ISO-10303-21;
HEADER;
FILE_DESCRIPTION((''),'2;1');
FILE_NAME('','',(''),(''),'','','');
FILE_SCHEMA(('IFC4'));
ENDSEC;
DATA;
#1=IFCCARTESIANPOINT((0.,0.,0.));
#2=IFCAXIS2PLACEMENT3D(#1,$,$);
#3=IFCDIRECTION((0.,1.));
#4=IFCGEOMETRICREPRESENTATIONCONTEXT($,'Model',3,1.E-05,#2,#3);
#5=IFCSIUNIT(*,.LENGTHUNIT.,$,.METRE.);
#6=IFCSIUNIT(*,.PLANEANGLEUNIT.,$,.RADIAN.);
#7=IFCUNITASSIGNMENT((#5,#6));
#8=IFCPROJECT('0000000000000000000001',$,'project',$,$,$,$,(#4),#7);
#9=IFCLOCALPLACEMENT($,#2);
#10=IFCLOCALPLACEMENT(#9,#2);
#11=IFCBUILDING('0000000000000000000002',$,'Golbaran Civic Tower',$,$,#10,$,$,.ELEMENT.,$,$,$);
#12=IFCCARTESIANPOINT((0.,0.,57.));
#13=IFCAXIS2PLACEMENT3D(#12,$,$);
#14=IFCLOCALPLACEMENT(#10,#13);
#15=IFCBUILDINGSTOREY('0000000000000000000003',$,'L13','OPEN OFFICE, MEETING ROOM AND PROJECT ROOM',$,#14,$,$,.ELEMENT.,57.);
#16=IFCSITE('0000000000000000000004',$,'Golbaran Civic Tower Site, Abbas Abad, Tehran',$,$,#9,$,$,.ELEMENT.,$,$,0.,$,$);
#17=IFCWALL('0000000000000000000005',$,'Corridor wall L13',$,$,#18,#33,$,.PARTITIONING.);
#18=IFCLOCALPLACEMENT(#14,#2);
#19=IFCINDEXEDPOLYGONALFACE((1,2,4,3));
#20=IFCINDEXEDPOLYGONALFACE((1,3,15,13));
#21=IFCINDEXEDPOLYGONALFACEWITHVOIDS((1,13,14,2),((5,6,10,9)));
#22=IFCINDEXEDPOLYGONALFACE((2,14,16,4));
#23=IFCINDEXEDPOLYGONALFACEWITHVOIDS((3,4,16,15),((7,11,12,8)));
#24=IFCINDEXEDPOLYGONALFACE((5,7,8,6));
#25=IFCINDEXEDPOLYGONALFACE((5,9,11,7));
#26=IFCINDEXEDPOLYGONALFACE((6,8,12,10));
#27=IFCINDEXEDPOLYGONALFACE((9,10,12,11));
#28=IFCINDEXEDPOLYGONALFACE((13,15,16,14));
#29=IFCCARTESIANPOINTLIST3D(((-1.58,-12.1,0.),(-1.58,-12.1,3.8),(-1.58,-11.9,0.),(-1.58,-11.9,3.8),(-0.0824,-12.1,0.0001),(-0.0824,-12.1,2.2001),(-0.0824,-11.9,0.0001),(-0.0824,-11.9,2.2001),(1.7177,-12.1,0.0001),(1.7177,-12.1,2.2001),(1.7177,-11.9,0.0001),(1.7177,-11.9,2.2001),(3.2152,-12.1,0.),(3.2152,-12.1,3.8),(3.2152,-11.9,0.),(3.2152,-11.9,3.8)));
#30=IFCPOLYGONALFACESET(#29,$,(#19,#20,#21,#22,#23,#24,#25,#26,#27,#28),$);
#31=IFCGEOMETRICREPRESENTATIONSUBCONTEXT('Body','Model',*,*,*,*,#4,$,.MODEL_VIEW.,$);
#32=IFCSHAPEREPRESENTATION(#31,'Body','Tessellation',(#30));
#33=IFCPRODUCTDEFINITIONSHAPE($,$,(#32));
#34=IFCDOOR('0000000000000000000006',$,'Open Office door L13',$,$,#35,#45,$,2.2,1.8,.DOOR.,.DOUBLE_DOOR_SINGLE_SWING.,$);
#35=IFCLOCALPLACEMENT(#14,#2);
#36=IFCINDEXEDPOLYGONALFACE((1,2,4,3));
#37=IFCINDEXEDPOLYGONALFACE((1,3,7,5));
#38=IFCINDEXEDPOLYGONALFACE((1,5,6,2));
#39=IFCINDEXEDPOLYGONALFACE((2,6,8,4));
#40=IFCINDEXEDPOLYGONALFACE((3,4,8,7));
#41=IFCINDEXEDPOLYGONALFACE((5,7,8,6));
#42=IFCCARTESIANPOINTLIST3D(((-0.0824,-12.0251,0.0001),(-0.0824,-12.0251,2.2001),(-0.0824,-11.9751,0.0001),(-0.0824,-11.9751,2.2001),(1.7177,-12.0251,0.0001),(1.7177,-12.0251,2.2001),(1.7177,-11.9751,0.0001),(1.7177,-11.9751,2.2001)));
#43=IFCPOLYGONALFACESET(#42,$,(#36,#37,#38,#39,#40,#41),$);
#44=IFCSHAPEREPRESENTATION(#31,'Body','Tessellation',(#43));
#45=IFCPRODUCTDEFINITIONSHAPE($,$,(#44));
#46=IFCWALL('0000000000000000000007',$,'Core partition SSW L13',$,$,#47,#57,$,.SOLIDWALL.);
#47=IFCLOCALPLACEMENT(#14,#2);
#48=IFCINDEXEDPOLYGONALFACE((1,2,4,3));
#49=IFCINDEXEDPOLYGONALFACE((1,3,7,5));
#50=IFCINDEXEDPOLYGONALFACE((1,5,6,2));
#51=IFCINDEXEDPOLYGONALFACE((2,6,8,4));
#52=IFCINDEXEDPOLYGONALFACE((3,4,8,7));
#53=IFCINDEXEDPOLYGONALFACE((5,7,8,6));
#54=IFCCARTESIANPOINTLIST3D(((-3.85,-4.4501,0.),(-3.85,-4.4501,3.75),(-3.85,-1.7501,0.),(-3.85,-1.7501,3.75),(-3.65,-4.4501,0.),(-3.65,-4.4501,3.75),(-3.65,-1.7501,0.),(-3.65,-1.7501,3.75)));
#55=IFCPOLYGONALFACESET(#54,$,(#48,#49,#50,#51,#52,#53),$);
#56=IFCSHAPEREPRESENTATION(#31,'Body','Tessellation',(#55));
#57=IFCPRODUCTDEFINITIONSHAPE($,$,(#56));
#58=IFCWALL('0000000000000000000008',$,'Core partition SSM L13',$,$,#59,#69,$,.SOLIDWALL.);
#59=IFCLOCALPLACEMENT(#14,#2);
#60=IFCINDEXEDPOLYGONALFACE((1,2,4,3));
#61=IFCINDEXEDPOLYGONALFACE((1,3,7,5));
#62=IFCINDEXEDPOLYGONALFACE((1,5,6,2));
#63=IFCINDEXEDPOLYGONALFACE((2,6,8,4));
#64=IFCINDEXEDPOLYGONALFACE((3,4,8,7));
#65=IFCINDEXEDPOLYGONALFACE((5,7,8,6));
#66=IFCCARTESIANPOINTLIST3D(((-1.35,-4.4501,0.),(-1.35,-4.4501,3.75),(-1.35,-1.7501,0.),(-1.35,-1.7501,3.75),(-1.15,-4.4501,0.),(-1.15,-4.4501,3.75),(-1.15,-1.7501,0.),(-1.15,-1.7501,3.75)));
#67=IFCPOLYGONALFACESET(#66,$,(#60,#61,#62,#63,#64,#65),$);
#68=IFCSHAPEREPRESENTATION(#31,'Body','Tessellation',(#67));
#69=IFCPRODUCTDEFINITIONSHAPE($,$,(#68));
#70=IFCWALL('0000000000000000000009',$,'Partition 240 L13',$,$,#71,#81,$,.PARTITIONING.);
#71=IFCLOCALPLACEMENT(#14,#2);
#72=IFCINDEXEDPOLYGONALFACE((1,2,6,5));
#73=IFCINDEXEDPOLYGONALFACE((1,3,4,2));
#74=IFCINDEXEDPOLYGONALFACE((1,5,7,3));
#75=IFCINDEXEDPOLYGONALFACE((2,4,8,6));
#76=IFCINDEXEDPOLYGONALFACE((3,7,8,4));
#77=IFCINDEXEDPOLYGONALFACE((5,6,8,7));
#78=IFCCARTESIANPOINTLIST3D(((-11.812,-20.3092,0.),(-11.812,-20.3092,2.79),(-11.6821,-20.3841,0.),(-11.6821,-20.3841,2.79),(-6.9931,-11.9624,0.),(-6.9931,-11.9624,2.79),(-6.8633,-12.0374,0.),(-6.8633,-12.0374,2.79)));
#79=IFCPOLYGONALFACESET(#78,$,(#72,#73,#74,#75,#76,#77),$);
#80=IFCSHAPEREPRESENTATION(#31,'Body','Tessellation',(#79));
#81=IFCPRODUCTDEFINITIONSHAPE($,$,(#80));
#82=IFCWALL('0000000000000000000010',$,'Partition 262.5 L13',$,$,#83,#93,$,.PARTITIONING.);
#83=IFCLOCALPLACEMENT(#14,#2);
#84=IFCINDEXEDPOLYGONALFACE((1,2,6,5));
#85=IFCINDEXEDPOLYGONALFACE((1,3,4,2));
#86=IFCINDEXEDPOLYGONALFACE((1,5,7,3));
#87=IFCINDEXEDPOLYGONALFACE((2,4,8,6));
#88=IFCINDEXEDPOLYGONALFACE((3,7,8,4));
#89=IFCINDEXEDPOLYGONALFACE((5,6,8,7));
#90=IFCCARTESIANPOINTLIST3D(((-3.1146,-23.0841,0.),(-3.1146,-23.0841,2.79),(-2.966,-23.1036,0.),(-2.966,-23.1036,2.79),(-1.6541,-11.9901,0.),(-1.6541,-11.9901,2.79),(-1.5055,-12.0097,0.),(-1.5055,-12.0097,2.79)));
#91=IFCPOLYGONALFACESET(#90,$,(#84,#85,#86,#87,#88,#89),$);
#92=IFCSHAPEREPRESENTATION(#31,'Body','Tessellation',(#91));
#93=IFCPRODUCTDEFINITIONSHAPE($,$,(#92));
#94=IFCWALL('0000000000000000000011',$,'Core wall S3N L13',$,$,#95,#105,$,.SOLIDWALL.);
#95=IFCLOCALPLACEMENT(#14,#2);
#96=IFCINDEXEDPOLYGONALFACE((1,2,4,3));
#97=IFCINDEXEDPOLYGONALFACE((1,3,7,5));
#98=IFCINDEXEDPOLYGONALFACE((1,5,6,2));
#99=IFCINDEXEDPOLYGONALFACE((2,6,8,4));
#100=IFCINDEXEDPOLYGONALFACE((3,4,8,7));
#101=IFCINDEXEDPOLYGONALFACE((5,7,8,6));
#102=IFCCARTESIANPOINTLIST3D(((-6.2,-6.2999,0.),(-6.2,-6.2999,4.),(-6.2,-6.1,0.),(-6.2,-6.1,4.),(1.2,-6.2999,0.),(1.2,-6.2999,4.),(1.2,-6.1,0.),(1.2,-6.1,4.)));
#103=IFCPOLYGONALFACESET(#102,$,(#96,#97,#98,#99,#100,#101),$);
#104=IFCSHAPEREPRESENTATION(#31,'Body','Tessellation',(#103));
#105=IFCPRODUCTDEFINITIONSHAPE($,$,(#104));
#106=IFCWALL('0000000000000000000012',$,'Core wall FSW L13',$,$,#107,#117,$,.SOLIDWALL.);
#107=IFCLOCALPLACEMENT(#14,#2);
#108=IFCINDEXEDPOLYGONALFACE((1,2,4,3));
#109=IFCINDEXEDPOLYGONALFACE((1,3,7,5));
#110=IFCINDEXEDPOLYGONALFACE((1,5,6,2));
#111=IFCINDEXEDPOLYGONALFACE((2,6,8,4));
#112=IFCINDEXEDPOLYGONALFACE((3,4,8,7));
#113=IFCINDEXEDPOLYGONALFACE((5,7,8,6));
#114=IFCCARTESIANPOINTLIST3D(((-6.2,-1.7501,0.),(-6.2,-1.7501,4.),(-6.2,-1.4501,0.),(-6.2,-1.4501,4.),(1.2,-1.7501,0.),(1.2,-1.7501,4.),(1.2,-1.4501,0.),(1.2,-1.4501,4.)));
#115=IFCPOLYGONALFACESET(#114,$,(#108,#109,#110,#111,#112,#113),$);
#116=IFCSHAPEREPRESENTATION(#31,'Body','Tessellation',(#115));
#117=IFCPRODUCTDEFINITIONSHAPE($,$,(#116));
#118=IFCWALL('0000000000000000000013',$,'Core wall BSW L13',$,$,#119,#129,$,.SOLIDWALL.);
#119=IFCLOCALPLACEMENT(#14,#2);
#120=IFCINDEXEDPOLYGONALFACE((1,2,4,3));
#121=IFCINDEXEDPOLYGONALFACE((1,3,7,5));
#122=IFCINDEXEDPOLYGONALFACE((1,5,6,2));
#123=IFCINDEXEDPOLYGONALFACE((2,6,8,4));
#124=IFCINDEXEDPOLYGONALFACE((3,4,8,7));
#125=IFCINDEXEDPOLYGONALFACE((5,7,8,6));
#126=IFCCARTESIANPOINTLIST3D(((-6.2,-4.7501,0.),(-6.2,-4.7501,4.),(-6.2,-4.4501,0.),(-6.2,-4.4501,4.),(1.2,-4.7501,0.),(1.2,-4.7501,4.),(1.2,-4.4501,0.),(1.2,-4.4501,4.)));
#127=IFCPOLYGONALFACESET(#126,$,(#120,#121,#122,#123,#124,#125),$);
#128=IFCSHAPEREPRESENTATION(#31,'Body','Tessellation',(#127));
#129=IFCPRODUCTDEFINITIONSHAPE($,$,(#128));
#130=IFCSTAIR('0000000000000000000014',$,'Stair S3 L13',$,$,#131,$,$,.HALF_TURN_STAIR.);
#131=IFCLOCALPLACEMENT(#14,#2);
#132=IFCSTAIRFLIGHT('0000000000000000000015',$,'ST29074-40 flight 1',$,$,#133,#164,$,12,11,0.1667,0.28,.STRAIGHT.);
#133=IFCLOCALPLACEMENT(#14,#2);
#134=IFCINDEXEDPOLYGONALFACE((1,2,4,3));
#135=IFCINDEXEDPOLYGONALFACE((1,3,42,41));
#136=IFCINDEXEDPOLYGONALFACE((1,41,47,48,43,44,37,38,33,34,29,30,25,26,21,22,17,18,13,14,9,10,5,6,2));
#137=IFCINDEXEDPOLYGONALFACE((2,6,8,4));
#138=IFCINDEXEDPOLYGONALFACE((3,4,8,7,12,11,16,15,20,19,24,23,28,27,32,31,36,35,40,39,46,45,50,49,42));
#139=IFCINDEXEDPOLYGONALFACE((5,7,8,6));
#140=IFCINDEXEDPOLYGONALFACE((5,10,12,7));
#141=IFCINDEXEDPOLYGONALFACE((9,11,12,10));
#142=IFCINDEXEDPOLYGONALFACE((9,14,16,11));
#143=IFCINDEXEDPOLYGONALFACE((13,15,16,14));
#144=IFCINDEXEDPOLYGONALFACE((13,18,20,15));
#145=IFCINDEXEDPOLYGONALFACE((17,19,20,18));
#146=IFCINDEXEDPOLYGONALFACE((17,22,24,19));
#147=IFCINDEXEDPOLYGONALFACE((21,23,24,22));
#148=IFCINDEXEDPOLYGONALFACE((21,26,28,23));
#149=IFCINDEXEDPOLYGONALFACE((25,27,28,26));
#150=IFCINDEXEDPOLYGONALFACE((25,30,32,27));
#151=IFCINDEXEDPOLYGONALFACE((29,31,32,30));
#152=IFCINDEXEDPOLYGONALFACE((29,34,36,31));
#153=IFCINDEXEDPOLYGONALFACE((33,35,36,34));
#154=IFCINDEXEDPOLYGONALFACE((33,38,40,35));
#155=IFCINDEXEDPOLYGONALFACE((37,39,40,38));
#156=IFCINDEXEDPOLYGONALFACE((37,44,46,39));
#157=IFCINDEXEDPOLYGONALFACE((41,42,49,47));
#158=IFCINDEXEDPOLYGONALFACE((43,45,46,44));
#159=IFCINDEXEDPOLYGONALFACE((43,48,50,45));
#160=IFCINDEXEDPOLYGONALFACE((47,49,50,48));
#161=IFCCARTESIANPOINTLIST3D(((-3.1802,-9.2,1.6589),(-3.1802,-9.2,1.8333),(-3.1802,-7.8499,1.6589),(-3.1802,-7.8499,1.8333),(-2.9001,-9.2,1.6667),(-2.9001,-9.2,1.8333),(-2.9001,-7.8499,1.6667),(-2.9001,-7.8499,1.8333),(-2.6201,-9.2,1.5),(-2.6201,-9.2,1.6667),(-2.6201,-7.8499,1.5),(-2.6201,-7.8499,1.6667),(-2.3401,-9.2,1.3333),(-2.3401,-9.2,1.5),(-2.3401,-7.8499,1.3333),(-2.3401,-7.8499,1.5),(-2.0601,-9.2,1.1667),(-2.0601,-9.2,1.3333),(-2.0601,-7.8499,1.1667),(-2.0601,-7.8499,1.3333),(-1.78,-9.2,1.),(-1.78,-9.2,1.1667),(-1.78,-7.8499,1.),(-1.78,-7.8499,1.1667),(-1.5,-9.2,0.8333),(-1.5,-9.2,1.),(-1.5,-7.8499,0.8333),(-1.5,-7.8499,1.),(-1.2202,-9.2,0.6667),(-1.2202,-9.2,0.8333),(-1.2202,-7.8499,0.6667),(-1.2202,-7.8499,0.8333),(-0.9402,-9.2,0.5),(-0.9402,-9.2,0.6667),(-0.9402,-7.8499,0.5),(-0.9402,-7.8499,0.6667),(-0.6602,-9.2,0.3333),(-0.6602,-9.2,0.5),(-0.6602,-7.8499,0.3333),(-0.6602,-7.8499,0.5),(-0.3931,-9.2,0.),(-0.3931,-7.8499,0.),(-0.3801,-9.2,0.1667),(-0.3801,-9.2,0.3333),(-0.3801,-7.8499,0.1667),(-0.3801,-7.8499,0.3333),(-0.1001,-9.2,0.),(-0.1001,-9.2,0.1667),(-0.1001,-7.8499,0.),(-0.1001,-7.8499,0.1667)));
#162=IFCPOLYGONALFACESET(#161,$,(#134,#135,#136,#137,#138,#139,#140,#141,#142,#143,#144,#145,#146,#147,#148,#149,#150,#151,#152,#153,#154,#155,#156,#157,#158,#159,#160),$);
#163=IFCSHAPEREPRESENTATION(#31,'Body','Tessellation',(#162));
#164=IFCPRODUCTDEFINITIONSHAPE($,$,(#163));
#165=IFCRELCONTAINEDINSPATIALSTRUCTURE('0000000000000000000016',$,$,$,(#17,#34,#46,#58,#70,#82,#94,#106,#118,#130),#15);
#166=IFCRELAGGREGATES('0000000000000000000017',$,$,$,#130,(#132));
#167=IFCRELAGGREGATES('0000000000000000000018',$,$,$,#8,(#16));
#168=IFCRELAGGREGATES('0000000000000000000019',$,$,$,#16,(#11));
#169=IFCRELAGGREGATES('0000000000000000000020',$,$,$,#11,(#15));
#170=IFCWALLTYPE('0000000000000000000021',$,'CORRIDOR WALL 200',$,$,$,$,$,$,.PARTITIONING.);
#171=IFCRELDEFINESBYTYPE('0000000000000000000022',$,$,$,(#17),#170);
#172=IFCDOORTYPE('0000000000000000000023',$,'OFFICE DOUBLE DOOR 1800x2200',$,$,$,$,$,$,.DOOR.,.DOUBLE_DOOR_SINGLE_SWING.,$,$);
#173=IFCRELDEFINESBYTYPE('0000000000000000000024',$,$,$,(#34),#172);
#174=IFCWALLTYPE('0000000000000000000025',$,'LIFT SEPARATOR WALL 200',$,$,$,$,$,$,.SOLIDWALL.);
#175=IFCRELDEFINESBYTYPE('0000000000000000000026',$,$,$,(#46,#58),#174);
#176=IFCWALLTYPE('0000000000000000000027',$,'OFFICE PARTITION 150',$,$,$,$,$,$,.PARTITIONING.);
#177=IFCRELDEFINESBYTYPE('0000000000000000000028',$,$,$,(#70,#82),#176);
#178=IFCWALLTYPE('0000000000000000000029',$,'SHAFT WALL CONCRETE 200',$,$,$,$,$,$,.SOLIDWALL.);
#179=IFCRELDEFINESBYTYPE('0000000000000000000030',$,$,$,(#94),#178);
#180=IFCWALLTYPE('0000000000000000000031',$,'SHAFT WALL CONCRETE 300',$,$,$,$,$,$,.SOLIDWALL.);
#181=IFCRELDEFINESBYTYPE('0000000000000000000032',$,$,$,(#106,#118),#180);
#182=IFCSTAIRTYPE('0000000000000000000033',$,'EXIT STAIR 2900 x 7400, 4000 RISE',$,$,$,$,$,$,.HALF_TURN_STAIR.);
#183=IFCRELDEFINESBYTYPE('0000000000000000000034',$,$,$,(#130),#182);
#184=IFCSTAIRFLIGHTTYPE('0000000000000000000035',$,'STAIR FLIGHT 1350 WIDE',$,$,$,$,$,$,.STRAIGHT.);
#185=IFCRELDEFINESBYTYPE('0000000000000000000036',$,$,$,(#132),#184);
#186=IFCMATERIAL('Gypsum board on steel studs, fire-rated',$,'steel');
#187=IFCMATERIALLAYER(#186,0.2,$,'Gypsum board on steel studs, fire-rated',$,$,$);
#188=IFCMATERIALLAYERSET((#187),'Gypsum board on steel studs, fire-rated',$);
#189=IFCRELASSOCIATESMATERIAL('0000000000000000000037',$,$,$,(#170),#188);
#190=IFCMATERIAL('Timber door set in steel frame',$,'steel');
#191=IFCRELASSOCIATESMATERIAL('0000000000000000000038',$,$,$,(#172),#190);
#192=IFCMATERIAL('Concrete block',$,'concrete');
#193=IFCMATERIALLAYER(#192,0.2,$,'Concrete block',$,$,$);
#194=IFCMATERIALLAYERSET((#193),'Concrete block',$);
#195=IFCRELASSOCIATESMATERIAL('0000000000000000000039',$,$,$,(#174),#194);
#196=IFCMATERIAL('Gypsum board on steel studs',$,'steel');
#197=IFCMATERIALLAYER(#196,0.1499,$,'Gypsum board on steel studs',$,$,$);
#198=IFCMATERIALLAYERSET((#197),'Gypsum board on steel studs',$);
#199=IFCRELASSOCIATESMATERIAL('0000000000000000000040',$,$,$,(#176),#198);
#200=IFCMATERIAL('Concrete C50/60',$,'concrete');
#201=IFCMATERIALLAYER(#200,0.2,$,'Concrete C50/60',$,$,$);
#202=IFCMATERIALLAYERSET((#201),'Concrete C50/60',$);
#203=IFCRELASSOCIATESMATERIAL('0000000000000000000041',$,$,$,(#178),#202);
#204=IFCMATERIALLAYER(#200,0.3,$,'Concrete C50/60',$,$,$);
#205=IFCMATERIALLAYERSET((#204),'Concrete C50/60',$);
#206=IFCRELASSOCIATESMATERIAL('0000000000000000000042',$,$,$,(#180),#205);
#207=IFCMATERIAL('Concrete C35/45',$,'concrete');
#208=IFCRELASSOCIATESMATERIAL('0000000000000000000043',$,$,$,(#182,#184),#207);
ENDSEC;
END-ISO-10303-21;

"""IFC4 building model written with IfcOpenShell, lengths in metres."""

from ifc_helpers import new_model, si_unit, direction, frame, frame_2d, origin, place, context, subcontext, project, spatial, polyline, rectangle, outline, extrude, material, layer, layer_set, type_object, element, fill, aggregate, save


model = new_model("IFC4")

# Units and contexts
model_context = context("Model", 3, precision=1e-05, world=origin(), true_north=direction((0.0, 1.0)))
body_context = subcontext(model_context, "Body", "Model", "MODEL_VIEW")
ifc_project = project(units=[si_unit("LENGTHUNIT", "METRE"), si_unit("PLANEANGLEUNIT", "RADIAN")], contexts=[model_context])

# Site, building, storey
site_placement = place(None, origin())
site = spatial("IfcSite", under=ifc_project, at=site_placement, Name="Golbaran Civic Tower Site, Abbas Abad, Tehran", CompositionType="ELEMENT", RefElevation=0.0)
building_placement = place(site_placement, origin())
building = spatial("IfcBuilding", under=site, at=building_placement, Name="Golbaran Civic Tower", CompositionType="ELEMENT")
storey_placement = place(building_placement, frame((0.0, 0.0, 57.0)))
storey = spatial("IfcBuildingStorey", under=building, at=storey_placement, Name="L13", Description="OPEN OFFICE, MEETING ROOM AND PROJECT ROOM", CompositionType="ELEMENT", Elevation=57.0)

# Wall, opening, door
ifc_material_1 = material(Name="Concrete C50/60", Category="concrete")
ifc_material_2 = material(Name="Timber door set in steel frame", Category="steel")
ifc_material_3 = material(Name="Gypsum board on steel studs, fire-rated", Category="steel")
ifc_layer_1 = layer(ifc_material_3, 0.2, Name="Gypsum board on steel studs, fire-rated")
ifc_layer_set_1 = layer_set([ifc_layer_1], Name="Gypsum board on steel studs, fire-rated")
wall_type_1 = type_object("IfcWallType", Name="CORRIDOR WALL 200", PredefinedType="PARTITIONING", material=ifc_layer_set_1)
wall_1_placement = place(storey_placement, frame((-1.5798, -12.0, 0.0), z_axis=(0.0, 0.0, 1.0), x_axis=(1.0, 0.0, 0.0)))
wall_1 = element("IfcWall", 1, at=wall_1_placement, inside=storey, type_object=wall_type_1, Name="Corridor wall L13", PredefinedType="PARTITIONING", context=body_context, shape_type="SweptSolid", body=[
    extrude(rectangle(XDim=4.7952, YDim=0.2, at=frame_2d((2.3975, 0.0))), origin(), (0.0, 0.0, 1.0), 3.8),
])
opening_1_placement = place(wall_1_placement, frame((1.4976, 0.0, 0.0)))
opening_1 = element("IfcOpeningElement", 2, at=opening_1_placement, cuts=wall_1, PredefinedType="OPENING", context=body_context, shape_type="SweptSolid", body=[
    extrude(rectangle(XDim=1.8, YDim=2.2, at=frame_2d((0.8999, 1.1001))), frame((0.0, 0.1099, 0.0), z_axis=(0.0, -1.0, 0.0), x_axis=(1.0, 0.0, 0.0)), (0.0, 0.0, 1.0), 0.22),
])
door_type_1 = type_object("IfcDoorType", Name="OFFICE DOUBLE DOOR 1800x2200", OperationType="DOUBLE_DOOR_SINGLE_SWING", PredefinedType="DOOR", material=ifc_material_2)
door_1_placement = place(opening_1_placement, origin())
door_1 = element("IfcDoor", 3, at=door_1_placement, inside=storey, type_object=door_type_1, Name="Open Office door L13", OperationType="DOUBLE_DOOR_SINGLE_SWING", OverallHeight=2.2, OverallWidth=1.8, PredefinedType="DOOR", context=body_context, shape_type="SweptSolid", body=[
    extrude(rectangle(XDim=1.8, YDim=2.2, at=frame_2d((0.8999, 1.1001))), frame((0.0, 0.0249, 0.0), z_axis=(0.0, -1.0, 0.0), x_axis=(1.0, 0.0, 0.0)), (0.0, 0.0, 1.0), 0.05),
])
fill(opening_1, door_1)

# Walls
ifc_material_4 = material(Name="Concrete block", Category="concrete")
ifc_layer_2 = layer(ifc_material_4, 0.2, Name="Concrete block")
ifc_layer_set_2 = layer_set([ifc_layer_2], Name="Concrete block")
wall_type_2 = type_object("IfcWallType", Name="LIFT SEPARATOR WALL 200", PredefinedType="SOLIDWALL", material=ifc_layer_set_2)
for number, where, z_axis, x_axis, name in (
    (4, (-3.75, -1.75, 0.0), (0.0, 0.0, 1.0), (0.0, -1.0, 0.0), "Core partition SSW L13"),
    (5, (-1.25, -1.75, 0.0), (0.0, 0.0, 1.0), (0.0, -1.0, 0.0), "Core partition SSM L13"),
):
    element("IfcWall", number, at=place(storey_placement, frame(where, z_axis=z_axis, x_axis=x_axis)), inside=storey, type_object=wall_type_2, Name=name, PredefinedType="SOLIDWALL", context=body_context, shape_type="SweptSolid", body=[
        extrude(rectangle(XDim=2.7, YDim=0.2, at=frame_2d((1.3501, 0.0))), origin(), (0.0, 0.0, 1.0), 3.75),
    ])
ifc_material_5 = material(Name="Gypsum board on steel studs", Category="steel")
ifc_layer_3 = layer(ifc_material_5, 0.1499, Name="Gypsum board on steel studs")
ifc_layer_set_3 = layer_set([ifc_layer_3], Name="Gypsum board on steel studs")
wall_type_3 = type_object("IfcWallType", Name="OFFICE PARTITION 150", PredefinedType="PARTITIONING", material=ifc_layer_set_3)
wall_2_placement = place(storey_placement, frame((-6.9282, -12.0, 0.0), z_axis=(0.0, 0.0, 1.0), x_axis=(-0.499991, -0.86603, 0.0)))
element("IfcWall", 6, at=wall_2_placement, inside=storey, type_object=wall_type_3, Name="Partition 240 L13", PredefinedType="PARTITIONING", context=body_context, shape_type="SweptSolid", body=[
    extrude(rectangle(XDim=9.6379, YDim=0.1499, at=frame_2d((4.8188, 0.0))), origin(), (0.0, 0.0, 1.0), 2.79),
])
wall_3_placement = place(storey_placement, frame((-1.5798, -12.0, 0.0), z_axis=(0.0, 0.0, 1.0), x_axis=(-0.130517, -0.991446, 0.0)))
element("IfcWall", 7, at=wall_3_placement, inside=storey, type_object=wall_type_3, Name="Partition 262.5 L13", PredefinedType="PARTITIONING", context=body_context, shape_type="SweptSolid", body=[
    extrude(rectangle(XDim=11.1897, YDim=0.1499, at=frame_2d((5.5947, 0.0))), origin(), (0.0, 0.0, 1.0), 2.79),
])
ifc_layer_4 = layer(ifc_material_1, 0.2, Name="Concrete C50/60")
ifc_layer_set_4 = layer_set([ifc_layer_4], Name="Concrete C50/60")
wall_type_4 = type_object("IfcWallType", Name="SHAFT WALL CONCRETE 200", PredefinedType="SOLIDWALL", material=ifc_layer_set_4)
wall_4_placement = place(storey_placement, frame((-6.2, -6.2, 0.0), z_axis=(0.0, 0.0, 1.0), x_axis=(1.0, 0.0, 0.0)))
element("IfcWall", 8, at=wall_4_placement, inside=storey, type_object=wall_type_4, Name="Core wall S3N L13", PredefinedType="SOLIDWALL", context=body_context, shape_type="SweptSolid", body=[
    extrude(rectangle(XDim=7.3999, YDim=0.2, at=frame_2d((3.7, 0.0))), origin(), (0.0, 0.0, 1.0), 4.0),
])
ifc_layer_5 = layer(ifc_material_1, 0.3, Name="Concrete C50/60")
ifc_layer_set_5 = layer_set([ifc_layer_5], Name="Concrete C50/60")
wall_type_5 = type_object("IfcWallType", Name="SHAFT WALL CONCRETE 300", PredefinedType="SOLIDWALL", material=ifc_layer_set_5)
for number, where, z_axis, x_axis, name in (
    (9, (-6.2, -1.6001, 0.0), (0.0, 0.0, 1.0), (1.0, 0.0, 0.0), "Core wall FSW L13"),
    (10, (-6.2, -4.6001, 0.0), (0.0, 0.0, 1.0), (1.0, 0.0, 0.0), "Core wall BSW L13"),
):
    element("IfcWall", number, at=place(storey_placement, frame(where, z_axis=z_axis, x_axis=x_axis)), inside=storey, type_object=wall_type_5, Name=name, PredefinedType="SOLIDWALL", context=body_context, shape_type="SweptSolid", body=[
        extrude(rectangle(XDim=7.3999, YDim=0.3, at=frame_2d((3.7, 0.0))), origin(), (0.0, 0.0, 1.0), 4.0),
    ])

# Stair, stair flight
ifc_material_6 = material(Name="Concrete C35/45", Category="concrete")
stair_type = type_object("IfcStairType", Name="EXIT STAIR 2900 x 7400, 4000 RISE", PredefinedType="HALF_TURN_STAIR", material=ifc_material_6)
stair_placement = place(storey_placement, origin())
stair = element("IfcStair", 11, at=stair_placement, inside=storey, type_object=stair_type, Name="Stair S3 L13", PredefinedType="HALF_TURN_STAIR")
stair_flight_type = type_object("IfcStairFlightType", Name="STAIR FLIGHT 1350 WIDE", PredefinedType="STRAIGHT", material=ifc_material_6)
stair_flight_1_placement = place(storey_placement, frame((-0.1001, -8.5249, 0.0), z_axis=(0.0, 0.0, 1.0), x_axis=(-1.0, 0.0, 0.0)))
stair_flight_1 = element("IfcStairFlight", 12, at=stair_flight_1_placement, type_object=stair_flight_type, Name="ST29074-40 flight 1", NumberOfRisers=12, NumberOfTreads=11, PredefinedType="STRAIGHT", RiserHeight=0.1667, TreadLength=0.28, context=body_context, shape_type="SweptSolid", body=[
    extrude(outline(polyline([(0.0, 0.0), (0.0, 0.1667), (0.28, 0.1667), (0.28, 0.3333), (0.5601, 0.3333), (0.5601, 0.5), (0.8401, 0.5), (0.8401, 0.6667), (1.1201, 0.6667), (1.1201, 0.8333), (1.3999, 0.8333), (1.3999, 1.0), (1.6799, 1.0), (1.6799, 1.1667), (1.96, 1.1667), (1.96, 1.3333), (2.24, 1.3333), (2.24, 1.5), (2.52, 1.5), (2.52, 1.6667), (2.8, 1.6667), (2.8, 1.8333), (3.0801, 1.8333), (3.0801, 2.0), (3.0801, 1.6589), (0.293, 0.0), (0.0, 0.0)])), frame((0.0, 0.675, 0.0), z_axis=(0.0, -1.0, 0.0), x_axis=(1.0, 0.0, 0.0)), (0.0, 0.0, 1.0), 1.3501),
])
aggregate(stair, [stair_flight_1])

save(model, "model.ifc")
